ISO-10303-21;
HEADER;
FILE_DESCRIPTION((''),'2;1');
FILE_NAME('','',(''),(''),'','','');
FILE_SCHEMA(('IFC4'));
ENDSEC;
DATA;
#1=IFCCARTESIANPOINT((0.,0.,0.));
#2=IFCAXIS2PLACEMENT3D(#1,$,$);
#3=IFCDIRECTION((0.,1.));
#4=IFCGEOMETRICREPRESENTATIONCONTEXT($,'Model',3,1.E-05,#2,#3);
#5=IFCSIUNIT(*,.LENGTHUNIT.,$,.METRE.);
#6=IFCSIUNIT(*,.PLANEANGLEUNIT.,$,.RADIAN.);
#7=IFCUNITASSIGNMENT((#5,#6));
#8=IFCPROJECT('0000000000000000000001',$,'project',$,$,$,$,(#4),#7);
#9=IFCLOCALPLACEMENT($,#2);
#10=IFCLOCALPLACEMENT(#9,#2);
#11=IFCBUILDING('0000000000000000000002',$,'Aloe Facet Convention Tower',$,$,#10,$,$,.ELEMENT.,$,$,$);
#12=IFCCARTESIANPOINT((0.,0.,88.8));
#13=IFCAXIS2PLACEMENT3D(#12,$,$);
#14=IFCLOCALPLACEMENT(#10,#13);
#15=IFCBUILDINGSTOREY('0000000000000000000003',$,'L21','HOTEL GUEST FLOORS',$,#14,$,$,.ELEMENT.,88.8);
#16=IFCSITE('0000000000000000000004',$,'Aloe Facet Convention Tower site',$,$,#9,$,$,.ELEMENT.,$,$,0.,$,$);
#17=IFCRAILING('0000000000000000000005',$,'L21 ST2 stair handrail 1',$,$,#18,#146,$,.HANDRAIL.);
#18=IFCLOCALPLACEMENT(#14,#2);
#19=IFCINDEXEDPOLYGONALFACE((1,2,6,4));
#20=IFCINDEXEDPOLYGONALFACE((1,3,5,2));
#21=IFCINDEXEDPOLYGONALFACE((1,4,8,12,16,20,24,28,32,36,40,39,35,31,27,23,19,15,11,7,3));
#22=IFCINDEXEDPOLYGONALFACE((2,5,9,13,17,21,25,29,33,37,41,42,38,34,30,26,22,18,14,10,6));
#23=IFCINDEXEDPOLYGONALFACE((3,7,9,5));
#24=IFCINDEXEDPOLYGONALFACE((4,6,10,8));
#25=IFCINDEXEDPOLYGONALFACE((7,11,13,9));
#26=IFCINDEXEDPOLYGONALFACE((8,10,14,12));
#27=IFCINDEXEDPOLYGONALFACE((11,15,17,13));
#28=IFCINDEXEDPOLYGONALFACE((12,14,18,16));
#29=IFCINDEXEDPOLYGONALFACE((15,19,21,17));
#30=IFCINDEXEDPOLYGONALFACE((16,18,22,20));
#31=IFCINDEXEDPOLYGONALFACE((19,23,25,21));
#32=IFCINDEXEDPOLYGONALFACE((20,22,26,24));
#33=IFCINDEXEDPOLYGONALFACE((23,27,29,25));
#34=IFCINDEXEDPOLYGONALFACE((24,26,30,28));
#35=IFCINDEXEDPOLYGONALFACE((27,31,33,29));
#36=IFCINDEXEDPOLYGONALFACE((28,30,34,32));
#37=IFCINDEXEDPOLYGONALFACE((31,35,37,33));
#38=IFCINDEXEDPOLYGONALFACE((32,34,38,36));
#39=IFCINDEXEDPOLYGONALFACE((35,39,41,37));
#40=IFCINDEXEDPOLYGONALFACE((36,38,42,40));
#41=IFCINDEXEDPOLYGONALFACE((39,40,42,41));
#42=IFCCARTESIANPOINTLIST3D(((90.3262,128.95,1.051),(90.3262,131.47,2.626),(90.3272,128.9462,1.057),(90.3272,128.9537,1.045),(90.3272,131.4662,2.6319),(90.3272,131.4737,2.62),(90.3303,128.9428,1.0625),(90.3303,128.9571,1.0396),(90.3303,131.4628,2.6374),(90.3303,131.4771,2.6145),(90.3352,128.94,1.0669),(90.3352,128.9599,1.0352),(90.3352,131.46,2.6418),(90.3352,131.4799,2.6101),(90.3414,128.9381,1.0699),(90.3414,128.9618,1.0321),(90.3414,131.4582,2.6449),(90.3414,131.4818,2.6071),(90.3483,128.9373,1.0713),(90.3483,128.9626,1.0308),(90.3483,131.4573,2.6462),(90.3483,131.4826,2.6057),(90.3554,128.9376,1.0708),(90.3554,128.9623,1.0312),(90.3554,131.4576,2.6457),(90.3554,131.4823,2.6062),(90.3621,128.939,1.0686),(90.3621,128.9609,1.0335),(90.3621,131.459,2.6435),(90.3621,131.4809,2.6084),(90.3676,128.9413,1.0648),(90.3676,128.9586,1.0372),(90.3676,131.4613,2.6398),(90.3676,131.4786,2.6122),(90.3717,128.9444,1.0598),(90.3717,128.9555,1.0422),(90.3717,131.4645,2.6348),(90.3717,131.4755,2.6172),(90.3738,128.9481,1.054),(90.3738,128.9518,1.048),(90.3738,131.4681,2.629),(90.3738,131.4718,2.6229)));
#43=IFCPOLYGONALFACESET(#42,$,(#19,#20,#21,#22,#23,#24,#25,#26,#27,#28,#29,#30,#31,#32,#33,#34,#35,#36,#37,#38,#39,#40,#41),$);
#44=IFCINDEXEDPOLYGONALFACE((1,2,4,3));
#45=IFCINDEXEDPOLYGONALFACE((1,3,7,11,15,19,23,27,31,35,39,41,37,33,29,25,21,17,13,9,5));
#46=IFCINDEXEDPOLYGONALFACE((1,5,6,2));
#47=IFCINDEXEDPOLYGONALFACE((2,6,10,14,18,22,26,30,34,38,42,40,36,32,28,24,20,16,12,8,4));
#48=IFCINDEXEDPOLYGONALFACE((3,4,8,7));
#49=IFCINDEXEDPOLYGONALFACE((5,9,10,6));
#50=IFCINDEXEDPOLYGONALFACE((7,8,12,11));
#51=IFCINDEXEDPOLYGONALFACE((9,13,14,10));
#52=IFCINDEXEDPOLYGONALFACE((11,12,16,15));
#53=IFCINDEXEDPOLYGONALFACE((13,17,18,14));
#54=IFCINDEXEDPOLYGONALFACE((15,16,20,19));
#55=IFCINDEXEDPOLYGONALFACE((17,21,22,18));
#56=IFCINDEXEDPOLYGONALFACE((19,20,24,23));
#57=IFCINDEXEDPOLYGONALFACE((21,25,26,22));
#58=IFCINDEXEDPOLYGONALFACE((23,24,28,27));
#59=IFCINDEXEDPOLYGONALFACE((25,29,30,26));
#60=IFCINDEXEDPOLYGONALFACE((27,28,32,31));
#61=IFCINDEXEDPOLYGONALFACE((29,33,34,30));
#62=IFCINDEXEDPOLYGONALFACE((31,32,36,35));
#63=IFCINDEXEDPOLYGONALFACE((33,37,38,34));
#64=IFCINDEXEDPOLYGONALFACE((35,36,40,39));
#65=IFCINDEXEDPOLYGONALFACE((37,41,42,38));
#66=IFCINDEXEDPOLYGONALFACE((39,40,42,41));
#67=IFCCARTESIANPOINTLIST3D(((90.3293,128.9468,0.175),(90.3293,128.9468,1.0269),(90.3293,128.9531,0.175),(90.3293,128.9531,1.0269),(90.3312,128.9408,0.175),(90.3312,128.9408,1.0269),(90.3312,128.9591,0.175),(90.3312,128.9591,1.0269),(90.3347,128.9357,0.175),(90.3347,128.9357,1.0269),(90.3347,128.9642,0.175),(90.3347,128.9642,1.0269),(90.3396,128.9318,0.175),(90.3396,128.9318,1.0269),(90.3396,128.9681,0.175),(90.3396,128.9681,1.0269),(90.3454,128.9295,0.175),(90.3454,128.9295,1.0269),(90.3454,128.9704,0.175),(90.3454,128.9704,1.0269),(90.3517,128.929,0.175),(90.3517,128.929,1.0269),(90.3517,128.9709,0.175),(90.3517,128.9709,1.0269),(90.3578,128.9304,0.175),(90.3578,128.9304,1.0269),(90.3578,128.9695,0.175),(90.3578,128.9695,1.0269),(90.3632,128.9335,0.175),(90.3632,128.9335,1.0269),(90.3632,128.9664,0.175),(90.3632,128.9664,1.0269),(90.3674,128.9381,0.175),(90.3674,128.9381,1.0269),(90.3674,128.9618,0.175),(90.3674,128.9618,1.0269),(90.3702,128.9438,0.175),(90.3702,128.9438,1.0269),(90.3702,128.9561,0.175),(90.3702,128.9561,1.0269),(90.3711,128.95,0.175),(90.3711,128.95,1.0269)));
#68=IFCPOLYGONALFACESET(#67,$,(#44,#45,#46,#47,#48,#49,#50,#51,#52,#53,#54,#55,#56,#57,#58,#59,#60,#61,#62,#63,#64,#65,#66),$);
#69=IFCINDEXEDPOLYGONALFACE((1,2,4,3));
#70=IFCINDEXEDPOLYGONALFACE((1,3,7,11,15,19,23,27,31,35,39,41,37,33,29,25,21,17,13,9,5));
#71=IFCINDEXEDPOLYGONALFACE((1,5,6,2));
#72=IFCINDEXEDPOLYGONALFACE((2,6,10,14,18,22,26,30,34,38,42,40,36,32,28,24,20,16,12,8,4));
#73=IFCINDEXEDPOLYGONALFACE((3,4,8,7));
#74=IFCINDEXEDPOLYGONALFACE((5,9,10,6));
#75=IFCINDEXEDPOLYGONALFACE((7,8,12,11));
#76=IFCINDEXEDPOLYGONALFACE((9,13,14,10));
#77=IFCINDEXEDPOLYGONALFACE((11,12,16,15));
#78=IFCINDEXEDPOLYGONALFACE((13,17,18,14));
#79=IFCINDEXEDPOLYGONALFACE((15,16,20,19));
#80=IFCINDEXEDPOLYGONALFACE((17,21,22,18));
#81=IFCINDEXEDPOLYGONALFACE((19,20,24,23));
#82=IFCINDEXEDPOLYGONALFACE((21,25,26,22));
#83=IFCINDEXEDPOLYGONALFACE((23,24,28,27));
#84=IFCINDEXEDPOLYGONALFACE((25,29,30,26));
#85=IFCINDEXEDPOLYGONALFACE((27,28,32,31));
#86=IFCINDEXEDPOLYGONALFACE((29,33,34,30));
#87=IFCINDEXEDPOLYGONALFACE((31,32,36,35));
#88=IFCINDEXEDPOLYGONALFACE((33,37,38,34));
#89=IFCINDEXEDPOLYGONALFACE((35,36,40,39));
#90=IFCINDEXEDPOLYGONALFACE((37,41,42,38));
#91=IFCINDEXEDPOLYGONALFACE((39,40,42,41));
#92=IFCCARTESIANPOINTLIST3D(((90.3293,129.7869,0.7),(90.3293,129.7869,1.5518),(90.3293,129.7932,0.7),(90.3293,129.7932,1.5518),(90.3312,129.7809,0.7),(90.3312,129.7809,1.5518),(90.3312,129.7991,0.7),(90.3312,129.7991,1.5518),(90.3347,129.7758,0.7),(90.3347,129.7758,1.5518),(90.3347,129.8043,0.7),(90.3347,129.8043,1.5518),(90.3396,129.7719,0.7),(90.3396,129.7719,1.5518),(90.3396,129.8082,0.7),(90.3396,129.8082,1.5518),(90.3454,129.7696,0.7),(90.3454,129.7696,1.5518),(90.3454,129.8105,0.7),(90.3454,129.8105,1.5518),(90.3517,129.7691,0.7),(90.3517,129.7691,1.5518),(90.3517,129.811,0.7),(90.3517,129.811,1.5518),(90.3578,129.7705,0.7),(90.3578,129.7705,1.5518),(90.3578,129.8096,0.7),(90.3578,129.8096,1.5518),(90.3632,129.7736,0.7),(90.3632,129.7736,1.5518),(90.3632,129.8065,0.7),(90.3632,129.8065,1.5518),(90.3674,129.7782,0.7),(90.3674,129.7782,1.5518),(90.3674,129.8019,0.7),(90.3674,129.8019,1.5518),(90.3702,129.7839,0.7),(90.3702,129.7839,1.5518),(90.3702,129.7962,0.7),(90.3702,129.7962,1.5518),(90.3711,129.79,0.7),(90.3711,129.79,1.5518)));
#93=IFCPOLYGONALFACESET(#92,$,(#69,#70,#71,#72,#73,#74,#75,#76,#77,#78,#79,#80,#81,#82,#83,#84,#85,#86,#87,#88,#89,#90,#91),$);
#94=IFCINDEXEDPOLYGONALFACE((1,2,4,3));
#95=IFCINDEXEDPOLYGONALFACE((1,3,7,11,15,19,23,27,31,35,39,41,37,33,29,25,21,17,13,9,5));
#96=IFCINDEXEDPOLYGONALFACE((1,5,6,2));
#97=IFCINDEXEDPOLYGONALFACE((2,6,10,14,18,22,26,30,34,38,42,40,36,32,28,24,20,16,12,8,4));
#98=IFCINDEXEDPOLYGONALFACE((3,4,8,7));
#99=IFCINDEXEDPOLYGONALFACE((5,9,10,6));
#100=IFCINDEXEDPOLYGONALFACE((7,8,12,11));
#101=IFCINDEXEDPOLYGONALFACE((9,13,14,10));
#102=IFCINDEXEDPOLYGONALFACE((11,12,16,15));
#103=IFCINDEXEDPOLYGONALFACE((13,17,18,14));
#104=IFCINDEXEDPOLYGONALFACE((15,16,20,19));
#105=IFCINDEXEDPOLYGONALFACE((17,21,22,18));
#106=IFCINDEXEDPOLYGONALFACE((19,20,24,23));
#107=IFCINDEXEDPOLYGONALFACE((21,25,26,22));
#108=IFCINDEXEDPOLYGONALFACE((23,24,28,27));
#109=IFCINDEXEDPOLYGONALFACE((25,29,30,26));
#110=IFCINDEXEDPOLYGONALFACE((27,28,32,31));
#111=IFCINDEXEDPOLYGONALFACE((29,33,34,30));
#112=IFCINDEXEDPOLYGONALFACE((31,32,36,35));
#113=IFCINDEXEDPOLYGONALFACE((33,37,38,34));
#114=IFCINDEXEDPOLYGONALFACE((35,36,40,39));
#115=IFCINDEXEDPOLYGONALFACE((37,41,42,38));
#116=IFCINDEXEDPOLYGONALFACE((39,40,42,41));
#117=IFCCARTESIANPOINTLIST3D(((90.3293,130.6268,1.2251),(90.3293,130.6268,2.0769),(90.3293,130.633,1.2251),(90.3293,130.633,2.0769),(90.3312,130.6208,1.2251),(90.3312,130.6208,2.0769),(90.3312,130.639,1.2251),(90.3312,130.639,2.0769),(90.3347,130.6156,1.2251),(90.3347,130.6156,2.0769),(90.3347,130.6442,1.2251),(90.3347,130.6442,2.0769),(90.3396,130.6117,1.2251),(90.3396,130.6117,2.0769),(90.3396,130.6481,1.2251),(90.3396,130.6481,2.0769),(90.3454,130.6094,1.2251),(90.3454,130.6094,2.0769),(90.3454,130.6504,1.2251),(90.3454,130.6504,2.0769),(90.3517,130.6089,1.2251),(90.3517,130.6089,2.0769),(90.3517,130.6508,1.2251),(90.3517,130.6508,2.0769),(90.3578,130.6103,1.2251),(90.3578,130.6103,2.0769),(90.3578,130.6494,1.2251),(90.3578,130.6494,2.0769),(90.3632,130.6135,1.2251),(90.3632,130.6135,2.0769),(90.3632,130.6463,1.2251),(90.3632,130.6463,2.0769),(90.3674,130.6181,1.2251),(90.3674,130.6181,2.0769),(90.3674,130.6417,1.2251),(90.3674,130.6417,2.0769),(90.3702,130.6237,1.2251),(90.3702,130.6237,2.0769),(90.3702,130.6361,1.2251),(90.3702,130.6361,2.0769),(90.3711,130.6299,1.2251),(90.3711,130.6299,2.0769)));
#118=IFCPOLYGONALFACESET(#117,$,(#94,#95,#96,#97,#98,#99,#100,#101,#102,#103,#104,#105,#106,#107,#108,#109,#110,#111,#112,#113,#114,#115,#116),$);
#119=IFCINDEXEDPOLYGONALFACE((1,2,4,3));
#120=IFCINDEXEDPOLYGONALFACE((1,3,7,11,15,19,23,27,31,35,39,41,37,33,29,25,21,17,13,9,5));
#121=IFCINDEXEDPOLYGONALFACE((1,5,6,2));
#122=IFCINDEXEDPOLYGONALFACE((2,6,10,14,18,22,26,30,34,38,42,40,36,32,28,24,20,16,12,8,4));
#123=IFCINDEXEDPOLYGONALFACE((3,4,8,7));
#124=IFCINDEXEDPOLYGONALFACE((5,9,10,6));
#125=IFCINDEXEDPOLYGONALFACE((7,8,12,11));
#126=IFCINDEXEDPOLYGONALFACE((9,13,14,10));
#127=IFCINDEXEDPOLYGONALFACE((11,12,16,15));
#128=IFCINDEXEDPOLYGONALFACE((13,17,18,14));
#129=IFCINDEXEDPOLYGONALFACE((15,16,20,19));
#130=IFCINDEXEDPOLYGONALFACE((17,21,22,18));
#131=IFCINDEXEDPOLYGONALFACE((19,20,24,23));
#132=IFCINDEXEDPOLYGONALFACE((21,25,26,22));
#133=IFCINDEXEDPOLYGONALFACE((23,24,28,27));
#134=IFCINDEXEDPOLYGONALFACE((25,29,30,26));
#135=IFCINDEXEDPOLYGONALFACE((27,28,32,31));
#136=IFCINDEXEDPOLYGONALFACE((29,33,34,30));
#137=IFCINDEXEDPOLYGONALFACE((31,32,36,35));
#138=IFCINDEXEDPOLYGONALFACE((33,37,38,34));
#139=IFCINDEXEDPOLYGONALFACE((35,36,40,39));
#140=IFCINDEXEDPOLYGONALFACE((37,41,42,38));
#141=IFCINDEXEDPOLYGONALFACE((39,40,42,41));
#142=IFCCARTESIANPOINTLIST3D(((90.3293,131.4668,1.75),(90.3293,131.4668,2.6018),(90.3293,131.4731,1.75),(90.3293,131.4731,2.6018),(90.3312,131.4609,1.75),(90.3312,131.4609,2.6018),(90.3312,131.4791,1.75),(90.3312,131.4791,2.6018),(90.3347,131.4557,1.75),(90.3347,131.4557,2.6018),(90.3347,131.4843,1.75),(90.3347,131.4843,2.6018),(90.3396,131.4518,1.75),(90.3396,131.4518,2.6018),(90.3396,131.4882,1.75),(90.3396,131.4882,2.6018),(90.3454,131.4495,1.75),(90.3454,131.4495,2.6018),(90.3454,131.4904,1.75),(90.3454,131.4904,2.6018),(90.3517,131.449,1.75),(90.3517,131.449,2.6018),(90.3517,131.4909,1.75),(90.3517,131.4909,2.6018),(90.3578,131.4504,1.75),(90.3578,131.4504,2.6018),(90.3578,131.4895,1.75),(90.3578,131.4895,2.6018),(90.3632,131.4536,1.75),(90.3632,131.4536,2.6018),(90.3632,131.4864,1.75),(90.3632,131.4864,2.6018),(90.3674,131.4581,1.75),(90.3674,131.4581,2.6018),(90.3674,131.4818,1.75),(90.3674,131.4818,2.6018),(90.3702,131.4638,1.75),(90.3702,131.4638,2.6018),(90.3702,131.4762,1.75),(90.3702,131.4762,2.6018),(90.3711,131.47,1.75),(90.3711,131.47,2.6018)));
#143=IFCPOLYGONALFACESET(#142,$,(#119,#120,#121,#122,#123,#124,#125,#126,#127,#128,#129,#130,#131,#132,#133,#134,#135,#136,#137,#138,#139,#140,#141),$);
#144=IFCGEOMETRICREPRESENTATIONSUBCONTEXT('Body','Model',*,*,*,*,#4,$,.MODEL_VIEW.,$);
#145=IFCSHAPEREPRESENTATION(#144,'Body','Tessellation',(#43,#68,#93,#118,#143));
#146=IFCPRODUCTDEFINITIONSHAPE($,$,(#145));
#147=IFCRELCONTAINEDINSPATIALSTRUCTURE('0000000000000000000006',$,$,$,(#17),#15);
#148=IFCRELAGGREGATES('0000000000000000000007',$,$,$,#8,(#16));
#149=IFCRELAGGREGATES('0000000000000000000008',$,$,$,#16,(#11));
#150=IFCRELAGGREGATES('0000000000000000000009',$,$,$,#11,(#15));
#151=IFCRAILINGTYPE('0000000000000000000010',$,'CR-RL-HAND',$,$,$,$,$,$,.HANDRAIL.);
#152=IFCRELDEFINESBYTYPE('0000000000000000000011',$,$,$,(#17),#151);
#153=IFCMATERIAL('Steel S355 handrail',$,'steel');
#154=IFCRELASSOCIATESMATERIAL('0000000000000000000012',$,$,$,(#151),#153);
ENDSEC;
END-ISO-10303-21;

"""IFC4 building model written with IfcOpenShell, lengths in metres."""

from ifc_helpers import new_model, si_unit, direction, frame, origin, origin_2d, place, context, subcontext, project, spatial, circle, extrude, material, type_object, element, save


model = new_model("IFC4")

# Units and contexts
model_context = context("Model", 3, precision=1e-05, world=origin(), true_north=direction((0.0, 1.0)))
body_context = subcontext(model_context, "Body", "Model", "MODEL_VIEW")
ifc_project = project(units=[si_unit("LENGTHUNIT", "METRE"), si_unit("PLANEANGLEUNIT", "RADIAN")], contexts=[model_context])

# Site, building, storey
site_placement = place(None, origin())
site = spatial("IfcSite", under=ifc_project, at=site_placement, Name="Aloe Facet Convention Tower site", CompositionType="ELEMENT", RefElevation=0.0)
building_placement = place(site_placement, origin())
building = spatial("IfcBuilding", under=site, at=building_placement, Name="Aloe Facet Convention Tower", CompositionType="ELEMENT")
storey_placement = place(building_placement, frame((0.0, 0.0, 88.8)))
storey = spatial("IfcBuildingStorey", under=building, at=storey_placement, Name="L21", Description="HOTEL GUEST FLOORS", CompositionType="ELEMENT", Elevation=88.8)

# Railing
ifc_material_1 = material(Name="Steel S355 handrail", Category="steel")
railing_type_1 = type_object("IfcRailingType", Name="CR-RL-HAND", PredefinedType="HANDRAIL", material=ifc_material_1)
railing_1_placement = place(storey_placement, frame((90.3501, 128.95, 0.175)))
element("IfcRailing", 1, at=railing_1_placement, inside=storey, type_object=railing_type_1, Name="L21 ST2 stair handrail 1", PredefinedType="HANDRAIL", context=body_context, shape_type="SweptSolid", body=[
    extrude(circle(Radius=0.0239, at=origin_2d()), frame((0.0, 0.0, 0.876), z_axis=(0.0, 0.848008, 0.529984), x_axis=(-1.0, 0.0, 0.0)), (0.0, 0.0, 1.0), 2.9717),
    extrude(circle(Radius=0.021, at=origin_2d()), origin(), (0.0, 0.0, 1.0), 0.8518),
    extrude(circle(Radius=0.021, at=origin_2d()), frame((0.0, 0.8401, 0.5249)), (0.0, 0.0, 1.0), 0.8518),
    extrude(circle(Radius=0.021, at=origin_2d()), frame((0.0, 1.6799, 1.05)), (0.0, 0.0, 1.0), 0.8518),
    extrude(circle(Radius=0.021, at=origin_2d()), frame((0.0, 2.52, 1.575)), (0.0, 0.0, 1.0), 0.8518),
])

save(model, "model.ifc")
